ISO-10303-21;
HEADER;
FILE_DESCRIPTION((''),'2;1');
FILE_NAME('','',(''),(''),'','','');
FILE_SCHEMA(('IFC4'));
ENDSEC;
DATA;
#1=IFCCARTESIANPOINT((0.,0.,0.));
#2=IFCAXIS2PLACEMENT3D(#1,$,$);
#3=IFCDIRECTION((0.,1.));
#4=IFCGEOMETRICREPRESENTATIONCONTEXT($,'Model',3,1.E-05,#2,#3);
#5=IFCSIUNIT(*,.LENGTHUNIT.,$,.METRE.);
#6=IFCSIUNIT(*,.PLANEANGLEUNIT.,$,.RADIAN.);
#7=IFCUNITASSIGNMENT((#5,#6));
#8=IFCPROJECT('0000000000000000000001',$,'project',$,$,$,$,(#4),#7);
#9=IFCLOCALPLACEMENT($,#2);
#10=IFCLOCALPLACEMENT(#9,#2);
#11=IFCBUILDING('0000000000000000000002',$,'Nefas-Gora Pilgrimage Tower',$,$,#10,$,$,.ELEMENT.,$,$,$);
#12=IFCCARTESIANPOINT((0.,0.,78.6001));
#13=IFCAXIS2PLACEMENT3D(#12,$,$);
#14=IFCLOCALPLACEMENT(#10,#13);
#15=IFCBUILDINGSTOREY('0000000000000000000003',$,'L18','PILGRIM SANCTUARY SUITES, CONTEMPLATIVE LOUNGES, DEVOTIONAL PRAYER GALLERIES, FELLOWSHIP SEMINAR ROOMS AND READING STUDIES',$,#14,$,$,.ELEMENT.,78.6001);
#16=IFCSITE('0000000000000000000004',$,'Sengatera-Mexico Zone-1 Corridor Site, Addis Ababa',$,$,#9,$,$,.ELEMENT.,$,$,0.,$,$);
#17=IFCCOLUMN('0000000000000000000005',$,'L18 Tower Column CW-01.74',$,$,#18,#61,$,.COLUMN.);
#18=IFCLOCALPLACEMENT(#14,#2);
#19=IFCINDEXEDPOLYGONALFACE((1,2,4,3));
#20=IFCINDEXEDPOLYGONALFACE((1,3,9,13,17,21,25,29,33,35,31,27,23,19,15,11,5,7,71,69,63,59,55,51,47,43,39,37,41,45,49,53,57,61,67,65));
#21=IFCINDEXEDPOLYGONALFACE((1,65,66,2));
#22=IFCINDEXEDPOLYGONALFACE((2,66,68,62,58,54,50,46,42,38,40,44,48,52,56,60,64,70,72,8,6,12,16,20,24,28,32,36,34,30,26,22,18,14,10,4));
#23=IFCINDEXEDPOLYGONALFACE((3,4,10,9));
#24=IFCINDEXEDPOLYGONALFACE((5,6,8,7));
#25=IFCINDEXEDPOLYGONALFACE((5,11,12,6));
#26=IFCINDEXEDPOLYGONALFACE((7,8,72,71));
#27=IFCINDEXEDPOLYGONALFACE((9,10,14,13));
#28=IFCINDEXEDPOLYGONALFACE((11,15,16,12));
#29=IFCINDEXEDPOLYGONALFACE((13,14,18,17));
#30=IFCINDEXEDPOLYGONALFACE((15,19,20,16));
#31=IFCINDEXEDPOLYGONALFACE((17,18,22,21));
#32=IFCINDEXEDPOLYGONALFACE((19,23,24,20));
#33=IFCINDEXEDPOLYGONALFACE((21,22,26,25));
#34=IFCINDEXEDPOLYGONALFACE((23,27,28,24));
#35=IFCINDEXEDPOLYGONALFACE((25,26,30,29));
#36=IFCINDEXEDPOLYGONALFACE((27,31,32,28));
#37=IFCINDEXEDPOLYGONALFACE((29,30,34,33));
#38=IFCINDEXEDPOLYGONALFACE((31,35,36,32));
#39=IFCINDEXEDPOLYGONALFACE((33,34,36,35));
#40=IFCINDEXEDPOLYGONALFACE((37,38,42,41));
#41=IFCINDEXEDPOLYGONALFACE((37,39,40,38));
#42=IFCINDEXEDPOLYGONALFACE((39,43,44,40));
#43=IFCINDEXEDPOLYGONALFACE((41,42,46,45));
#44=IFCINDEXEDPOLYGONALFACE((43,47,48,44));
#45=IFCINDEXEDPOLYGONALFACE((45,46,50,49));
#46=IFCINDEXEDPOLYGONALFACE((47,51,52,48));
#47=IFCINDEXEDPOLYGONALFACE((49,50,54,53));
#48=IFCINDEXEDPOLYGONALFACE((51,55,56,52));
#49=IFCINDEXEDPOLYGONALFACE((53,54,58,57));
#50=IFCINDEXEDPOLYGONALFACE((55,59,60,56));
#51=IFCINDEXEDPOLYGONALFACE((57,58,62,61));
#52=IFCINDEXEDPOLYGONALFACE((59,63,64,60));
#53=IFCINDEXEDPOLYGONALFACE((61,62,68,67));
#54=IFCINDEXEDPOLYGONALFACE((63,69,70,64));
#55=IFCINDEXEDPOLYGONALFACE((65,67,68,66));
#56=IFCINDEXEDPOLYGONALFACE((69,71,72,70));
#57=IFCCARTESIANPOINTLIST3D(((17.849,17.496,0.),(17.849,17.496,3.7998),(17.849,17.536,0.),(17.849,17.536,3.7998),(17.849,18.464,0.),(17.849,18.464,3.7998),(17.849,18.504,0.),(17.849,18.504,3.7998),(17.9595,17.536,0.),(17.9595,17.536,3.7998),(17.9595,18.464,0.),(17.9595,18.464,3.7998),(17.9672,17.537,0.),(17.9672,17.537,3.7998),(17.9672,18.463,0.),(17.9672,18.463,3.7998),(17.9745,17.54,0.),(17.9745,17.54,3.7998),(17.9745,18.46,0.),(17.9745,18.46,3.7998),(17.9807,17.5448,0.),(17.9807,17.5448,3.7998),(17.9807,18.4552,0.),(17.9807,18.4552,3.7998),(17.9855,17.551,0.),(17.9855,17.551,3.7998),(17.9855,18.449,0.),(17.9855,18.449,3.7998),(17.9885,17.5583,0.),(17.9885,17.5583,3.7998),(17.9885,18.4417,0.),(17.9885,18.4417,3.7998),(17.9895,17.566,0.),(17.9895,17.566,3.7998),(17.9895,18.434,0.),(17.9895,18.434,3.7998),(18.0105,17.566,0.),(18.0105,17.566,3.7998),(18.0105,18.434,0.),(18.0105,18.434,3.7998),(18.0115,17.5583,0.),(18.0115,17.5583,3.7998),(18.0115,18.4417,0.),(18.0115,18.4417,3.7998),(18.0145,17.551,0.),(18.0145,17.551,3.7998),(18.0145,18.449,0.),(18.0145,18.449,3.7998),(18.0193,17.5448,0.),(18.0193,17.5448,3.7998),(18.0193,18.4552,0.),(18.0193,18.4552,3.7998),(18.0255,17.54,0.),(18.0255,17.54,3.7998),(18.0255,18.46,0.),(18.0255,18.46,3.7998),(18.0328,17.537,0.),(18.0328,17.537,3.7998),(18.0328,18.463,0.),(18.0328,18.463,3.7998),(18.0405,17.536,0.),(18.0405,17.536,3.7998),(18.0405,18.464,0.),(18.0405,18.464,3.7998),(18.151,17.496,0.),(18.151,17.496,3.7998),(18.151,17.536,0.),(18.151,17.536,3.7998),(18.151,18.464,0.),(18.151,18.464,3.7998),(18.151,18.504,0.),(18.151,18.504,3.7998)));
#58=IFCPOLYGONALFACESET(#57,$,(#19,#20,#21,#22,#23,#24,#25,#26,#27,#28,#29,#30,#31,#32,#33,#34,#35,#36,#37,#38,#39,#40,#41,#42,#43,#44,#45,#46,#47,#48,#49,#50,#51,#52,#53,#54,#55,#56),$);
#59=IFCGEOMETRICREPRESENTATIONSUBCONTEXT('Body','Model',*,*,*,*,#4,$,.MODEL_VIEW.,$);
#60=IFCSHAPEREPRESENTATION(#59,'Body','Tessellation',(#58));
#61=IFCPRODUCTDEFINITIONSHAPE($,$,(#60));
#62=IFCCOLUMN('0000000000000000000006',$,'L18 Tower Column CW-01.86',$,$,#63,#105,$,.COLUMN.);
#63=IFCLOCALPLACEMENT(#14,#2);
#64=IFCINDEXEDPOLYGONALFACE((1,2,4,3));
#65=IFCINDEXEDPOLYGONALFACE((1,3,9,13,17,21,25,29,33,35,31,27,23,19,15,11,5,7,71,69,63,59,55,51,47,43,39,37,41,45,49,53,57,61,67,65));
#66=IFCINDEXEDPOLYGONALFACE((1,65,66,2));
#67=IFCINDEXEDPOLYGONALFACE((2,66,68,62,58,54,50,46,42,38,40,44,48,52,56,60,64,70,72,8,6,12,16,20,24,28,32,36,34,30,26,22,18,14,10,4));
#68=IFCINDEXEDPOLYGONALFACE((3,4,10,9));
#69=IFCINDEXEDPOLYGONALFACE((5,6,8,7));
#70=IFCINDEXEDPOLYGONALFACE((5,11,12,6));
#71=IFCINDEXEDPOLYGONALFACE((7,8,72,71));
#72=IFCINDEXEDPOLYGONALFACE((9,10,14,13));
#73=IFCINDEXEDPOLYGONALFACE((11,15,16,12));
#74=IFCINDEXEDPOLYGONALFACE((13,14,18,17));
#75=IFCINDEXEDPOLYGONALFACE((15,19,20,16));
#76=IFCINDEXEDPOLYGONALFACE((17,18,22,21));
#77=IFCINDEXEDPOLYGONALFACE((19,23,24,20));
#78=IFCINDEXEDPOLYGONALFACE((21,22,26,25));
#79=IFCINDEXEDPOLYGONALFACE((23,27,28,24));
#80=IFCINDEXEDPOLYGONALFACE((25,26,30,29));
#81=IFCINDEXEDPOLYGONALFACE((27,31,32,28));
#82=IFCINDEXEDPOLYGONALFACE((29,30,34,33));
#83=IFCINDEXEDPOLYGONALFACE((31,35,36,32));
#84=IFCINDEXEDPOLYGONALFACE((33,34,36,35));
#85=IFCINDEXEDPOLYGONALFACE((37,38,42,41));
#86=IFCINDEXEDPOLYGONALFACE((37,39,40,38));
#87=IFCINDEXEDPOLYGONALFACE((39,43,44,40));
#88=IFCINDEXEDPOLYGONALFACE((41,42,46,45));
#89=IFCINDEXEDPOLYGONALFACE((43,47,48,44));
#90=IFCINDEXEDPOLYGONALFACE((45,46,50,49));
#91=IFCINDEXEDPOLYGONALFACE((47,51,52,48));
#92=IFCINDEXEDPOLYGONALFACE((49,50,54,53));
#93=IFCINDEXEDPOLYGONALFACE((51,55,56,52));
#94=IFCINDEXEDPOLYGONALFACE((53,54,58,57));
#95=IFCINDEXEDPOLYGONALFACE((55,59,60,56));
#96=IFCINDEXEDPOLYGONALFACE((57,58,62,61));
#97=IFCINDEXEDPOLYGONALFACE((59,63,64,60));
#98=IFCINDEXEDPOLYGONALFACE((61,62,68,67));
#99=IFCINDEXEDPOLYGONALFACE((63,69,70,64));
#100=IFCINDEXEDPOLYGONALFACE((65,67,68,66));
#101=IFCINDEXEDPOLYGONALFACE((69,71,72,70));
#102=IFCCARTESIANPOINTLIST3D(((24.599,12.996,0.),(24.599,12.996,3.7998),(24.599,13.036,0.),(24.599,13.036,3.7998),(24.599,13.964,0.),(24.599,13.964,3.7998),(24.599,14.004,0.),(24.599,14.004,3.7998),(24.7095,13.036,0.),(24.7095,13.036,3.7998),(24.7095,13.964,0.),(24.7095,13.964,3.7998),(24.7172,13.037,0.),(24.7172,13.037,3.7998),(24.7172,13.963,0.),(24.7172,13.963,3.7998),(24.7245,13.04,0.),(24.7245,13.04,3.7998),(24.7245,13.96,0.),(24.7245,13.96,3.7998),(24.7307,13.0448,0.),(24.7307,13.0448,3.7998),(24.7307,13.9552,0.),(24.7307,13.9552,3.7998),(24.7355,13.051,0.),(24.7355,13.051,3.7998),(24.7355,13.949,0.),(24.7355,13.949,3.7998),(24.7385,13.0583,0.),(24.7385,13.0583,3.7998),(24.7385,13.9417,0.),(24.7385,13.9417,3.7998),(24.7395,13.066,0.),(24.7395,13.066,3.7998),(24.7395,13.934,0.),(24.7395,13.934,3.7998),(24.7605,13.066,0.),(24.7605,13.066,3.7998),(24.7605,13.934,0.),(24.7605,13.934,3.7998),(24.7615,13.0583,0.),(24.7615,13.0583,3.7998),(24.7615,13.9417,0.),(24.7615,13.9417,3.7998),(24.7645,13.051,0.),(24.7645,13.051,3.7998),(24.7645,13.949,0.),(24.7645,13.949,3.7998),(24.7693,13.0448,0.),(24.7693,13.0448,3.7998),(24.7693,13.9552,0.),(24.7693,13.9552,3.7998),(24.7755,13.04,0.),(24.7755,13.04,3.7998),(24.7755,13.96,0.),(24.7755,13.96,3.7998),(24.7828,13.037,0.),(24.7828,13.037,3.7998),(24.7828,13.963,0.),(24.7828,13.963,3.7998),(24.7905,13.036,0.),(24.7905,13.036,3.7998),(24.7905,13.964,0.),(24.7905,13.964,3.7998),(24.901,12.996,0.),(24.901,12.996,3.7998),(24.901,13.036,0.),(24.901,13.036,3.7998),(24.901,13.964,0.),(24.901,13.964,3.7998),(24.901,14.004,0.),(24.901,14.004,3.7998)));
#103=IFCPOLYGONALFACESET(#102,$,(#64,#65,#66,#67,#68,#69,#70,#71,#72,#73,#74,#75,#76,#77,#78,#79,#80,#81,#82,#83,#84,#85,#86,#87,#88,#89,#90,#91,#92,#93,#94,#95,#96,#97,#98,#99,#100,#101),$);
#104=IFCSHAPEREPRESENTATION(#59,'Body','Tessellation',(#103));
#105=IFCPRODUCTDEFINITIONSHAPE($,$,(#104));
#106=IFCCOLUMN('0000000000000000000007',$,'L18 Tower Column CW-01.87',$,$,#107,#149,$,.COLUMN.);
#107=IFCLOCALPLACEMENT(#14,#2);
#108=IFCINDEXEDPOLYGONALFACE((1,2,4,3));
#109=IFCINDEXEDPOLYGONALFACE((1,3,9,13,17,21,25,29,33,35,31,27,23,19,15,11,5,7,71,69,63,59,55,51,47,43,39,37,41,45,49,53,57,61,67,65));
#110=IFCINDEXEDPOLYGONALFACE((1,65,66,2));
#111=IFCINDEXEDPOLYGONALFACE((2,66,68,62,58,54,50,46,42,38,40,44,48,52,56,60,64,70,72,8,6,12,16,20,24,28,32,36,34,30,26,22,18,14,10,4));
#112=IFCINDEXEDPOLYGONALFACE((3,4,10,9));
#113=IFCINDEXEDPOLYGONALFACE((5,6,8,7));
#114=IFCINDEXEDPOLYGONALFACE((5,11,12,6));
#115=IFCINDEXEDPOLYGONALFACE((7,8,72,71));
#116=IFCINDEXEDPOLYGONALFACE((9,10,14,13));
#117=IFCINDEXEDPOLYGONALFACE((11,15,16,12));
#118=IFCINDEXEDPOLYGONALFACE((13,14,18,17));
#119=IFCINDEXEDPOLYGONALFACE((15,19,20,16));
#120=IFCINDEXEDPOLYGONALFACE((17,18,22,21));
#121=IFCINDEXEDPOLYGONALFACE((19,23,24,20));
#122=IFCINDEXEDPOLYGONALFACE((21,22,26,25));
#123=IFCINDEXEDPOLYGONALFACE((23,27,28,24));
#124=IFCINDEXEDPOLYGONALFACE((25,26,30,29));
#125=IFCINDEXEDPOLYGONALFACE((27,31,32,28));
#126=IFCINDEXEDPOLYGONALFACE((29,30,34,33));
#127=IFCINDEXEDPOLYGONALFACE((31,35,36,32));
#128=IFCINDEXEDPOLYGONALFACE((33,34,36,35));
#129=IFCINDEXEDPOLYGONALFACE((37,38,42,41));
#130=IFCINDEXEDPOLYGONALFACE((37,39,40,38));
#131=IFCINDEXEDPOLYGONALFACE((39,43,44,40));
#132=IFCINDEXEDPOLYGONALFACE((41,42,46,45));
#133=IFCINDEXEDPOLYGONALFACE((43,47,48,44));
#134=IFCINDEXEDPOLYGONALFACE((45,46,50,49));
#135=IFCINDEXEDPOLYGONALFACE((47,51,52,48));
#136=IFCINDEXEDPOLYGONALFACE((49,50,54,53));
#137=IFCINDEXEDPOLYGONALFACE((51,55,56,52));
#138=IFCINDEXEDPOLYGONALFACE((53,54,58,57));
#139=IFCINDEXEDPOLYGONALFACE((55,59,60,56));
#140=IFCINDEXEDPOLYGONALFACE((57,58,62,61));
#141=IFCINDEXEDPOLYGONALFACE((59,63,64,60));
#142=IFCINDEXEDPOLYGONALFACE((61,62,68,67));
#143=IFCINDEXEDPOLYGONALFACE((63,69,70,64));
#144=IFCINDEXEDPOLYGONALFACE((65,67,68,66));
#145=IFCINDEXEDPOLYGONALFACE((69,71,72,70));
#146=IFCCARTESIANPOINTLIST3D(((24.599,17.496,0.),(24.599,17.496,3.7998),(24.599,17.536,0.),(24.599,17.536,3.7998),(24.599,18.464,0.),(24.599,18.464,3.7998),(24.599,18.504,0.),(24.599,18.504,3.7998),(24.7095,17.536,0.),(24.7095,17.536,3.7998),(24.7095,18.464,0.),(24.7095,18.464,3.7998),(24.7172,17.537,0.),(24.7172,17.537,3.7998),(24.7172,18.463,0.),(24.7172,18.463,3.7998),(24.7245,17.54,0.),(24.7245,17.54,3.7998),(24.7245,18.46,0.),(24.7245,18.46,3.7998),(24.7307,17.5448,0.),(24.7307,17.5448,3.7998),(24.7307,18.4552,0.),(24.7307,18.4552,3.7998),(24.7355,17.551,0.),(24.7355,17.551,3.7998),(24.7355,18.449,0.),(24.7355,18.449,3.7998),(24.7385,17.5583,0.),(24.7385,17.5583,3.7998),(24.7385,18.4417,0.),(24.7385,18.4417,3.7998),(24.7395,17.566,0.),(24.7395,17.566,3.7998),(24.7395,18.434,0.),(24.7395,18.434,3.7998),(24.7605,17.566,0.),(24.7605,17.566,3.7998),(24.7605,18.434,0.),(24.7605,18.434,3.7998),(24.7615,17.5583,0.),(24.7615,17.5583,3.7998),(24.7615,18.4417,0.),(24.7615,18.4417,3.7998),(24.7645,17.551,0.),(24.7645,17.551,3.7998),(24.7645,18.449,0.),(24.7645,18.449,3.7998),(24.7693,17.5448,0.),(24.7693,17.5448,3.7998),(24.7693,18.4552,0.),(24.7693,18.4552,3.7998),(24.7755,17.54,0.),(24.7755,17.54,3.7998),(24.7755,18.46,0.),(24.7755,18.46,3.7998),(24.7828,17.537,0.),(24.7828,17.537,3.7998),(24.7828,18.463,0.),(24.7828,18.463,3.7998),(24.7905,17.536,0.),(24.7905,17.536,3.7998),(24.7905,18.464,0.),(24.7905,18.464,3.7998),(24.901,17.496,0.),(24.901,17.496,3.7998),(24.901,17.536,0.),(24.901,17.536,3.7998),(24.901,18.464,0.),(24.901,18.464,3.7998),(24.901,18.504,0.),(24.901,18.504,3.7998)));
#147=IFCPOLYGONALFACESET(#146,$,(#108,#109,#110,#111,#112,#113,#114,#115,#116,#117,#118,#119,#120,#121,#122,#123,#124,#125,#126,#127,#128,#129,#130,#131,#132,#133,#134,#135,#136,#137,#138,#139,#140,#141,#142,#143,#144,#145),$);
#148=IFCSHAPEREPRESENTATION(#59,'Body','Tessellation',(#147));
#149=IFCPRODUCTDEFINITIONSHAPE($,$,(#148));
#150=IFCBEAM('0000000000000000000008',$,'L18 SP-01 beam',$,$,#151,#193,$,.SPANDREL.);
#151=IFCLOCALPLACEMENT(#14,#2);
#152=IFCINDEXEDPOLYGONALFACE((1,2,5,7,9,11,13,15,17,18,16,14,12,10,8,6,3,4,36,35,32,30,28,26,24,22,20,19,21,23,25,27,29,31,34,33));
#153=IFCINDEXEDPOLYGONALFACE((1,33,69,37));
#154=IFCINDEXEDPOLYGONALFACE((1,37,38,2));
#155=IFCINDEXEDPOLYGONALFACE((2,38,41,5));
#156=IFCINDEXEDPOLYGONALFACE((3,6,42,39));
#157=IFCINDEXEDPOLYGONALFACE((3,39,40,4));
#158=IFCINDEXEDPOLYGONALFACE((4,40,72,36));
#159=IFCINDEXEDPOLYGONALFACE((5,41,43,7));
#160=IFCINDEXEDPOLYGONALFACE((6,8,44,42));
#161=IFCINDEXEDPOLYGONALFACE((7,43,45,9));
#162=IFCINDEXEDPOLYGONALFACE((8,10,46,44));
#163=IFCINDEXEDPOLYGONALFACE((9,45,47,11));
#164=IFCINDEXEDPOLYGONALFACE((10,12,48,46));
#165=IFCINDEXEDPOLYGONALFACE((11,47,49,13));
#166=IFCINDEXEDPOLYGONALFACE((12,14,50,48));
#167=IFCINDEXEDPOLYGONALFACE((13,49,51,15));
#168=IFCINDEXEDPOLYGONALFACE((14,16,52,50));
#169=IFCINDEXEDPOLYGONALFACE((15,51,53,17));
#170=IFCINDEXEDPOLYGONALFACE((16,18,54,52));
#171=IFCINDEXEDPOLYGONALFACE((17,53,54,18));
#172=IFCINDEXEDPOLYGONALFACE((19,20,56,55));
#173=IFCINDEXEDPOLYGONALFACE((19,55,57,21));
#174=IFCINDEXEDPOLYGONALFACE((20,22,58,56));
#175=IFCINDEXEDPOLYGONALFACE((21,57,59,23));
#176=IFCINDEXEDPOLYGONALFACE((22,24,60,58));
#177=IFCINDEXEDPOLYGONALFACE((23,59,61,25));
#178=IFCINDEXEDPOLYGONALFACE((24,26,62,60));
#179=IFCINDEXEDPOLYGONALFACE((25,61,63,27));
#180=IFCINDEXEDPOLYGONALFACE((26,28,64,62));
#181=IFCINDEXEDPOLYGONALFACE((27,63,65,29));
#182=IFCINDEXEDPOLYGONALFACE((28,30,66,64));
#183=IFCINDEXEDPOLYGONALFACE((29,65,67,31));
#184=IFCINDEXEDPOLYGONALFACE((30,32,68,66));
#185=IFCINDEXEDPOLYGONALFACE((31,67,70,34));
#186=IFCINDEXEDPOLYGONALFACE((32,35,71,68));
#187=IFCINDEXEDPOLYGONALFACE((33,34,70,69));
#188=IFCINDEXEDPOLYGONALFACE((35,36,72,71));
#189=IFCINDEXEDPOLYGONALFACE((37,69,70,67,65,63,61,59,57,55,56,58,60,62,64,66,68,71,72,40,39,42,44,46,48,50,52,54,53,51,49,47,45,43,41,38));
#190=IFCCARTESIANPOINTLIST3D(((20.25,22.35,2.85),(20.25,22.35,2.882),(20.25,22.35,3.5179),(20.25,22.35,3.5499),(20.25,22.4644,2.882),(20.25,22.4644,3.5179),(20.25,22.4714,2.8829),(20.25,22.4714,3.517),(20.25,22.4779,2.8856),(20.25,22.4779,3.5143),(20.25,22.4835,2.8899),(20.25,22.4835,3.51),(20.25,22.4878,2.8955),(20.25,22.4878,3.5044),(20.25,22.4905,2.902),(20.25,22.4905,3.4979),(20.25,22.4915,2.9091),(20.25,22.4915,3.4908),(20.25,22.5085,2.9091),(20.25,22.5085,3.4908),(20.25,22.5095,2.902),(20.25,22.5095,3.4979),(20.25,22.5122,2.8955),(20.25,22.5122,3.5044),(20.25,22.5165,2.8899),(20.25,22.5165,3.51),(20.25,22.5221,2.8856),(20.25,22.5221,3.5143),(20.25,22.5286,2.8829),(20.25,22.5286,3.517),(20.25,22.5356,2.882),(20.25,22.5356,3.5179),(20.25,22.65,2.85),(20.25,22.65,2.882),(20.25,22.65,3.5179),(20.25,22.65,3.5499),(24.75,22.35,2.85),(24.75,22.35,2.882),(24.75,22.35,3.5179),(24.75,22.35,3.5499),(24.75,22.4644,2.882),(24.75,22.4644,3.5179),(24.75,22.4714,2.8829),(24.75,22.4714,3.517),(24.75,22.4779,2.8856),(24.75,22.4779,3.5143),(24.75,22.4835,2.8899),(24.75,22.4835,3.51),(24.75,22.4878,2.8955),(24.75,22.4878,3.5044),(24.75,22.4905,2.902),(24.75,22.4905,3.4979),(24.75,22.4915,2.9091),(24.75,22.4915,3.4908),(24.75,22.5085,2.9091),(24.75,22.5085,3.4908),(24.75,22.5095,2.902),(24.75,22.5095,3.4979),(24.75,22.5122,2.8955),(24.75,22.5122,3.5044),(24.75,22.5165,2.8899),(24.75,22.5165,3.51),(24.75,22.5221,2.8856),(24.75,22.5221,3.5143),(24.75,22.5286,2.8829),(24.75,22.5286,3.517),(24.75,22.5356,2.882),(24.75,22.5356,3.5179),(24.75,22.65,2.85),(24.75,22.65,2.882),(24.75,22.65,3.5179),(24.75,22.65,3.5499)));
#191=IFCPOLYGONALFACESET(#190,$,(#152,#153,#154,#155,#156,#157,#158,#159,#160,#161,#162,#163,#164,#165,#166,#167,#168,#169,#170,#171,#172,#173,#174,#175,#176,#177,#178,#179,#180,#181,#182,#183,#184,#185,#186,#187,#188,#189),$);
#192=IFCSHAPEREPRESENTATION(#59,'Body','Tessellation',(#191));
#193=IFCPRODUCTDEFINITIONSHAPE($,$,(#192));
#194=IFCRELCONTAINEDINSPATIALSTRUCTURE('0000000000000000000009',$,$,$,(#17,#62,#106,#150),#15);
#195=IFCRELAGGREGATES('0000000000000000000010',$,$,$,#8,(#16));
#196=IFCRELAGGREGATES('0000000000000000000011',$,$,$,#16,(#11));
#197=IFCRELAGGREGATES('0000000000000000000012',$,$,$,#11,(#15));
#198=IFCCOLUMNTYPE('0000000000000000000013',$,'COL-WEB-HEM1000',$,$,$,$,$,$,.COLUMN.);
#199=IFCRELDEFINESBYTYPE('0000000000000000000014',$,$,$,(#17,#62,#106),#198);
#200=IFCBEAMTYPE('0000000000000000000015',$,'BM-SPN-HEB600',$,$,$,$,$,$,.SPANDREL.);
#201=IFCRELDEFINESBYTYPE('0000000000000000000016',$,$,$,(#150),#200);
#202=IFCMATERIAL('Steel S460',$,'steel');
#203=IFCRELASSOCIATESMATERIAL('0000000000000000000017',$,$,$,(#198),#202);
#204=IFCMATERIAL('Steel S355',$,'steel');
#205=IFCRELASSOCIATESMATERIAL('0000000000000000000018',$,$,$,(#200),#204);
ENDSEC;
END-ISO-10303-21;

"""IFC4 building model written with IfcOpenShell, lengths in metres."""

from ifc_helpers import new_model, si_unit, direction, frame, origin, origin_2d, place, context, subcontext, project, spatial, i_section, extrude, source, transform, mapped, material, material_profile, profile_set, type_object, element, save


model = new_model("IFC4")

# Units and contexts
model_context = context("Model", 3, precision=1e-05, world=origin(), true_north=direction((0.0, 1.0)))
body_context = subcontext(model_context, "Body", "Model", "MODEL_VIEW")
ifc_project = project(units=[si_unit("LENGTHUNIT", "METRE"), si_unit("PLANEANGLEUNIT", "RADIAN")], contexts=[model_context])

# Site, building, storey
site_placement = place(None, origin())
site = spatial("IfcSite", under=ifc_project, at=site_placement, Name="Sengatera-Mexico Zone-1 Corridor Site, Addis Ababa", CompositionType="ELEMENT", RefElevation=0.0)
building_placement = place(site_placement, origin())
building = spatial("IfcBuilding", under=site, at=building_placement, Name="Nefas-Gora Pilgrimage Tower", CompositionType="ELEMENT")
storey_placement = place(building_placement, frame((0.0, 0.0, 78.6001)))
storey = spatial("IfcBuildingStorey", under=building, at=storey_placement, Name="L18", Description="PILGRIM SANCTUARY SUITES, CONTEMPLATIVE LOUNGES, DEVOTIONAL PRAYER GALLERIES, FELLOWSHIP SEMINAR ROOMS AND READING STUDIES", CompositionType="ELEMENT", Elevation=78.6001)

# Columns
ifc_material_1 = material(Name="Steel S460", Category="steel")
ifc_material_profile_1 = material_profile(ifc_material_1, i_section(OverallWidth=0.302, OverallDepth=1.0081, WebThickness=0.021, FlangeThickness=0.04, FilletRadius=0.03, at=origin_2d()), Name="HEM 1000")
ifc_profile_set_1 = profile_set([ifc_material_profile_1], Name="Steel S460")
column_type_1 = type_object("IfcColumnType", Name="COL-WEB-HEM1000", PredefinedType="COLUMN", material=ifc_profile_set_1)
shared_shape_1 = source(origin(), body_context, "Body", "SweptSolid", [
    extrude(i_section(OverallWidth=0.302, OverallDepth=1.0081, WebThickness=0.021, FlangeThickness=0.04, FilletRadius=0.03, at=origin_2d()), origin(), (0.0, 0.0, 1.0), 3.7998),
])
for number, where, z_axis, x_axis, name in (
    (1, (18.0, 18.0, 0.0), (0.0, 0.0, 1.0), (1.0, 0.0, 0.0), "L18 Tower Column CW-01.74"),
    (2, (24.75, 13.5, 0.0), (0.0, 0.0, 1.0), (1.0, 0.0, 0.0), "L18 Tower Column CW-01.86"),
    (3, (24.75, 18.0, 0.0), (0.0, 0.0, 1.0), (1.0, 0.0, 0.0), "L18 Tower Column CW-01.87"),
):
    element("IfcColumn", number, at=place(storey_placement, frame(where, z_axis=z_axis, x_axis=x_axis)), inside=storey, type_object=column_type_1, Name=name, PredefinedType="COLUMN", context=body_context, shape_type="MappedRepresentation", body=[
        mapped(shared_shape_1, transform((0.0, 0.0, 0.0), x_axis=(1.0, 0.0, 0.0), y_axis=(0.0, 1.0, 0.0), z_axis=(0.0, 0.0, 1.0), scale=1.0)),
    ])

# Beam
ifc_material_2 = material(Name="Steel S355", Category="steel")
ifc_material_profile_2 = material_profile(ifc_material_2, i_section(OverallWidth=0.3, OverallDepth=0.7, WebThickness=0.0171, FlangeThickness=0.032, FilletRadius=0.0271, at=origin_2d()), Name="HEB 700")
ifc_profile_set_2 = profile_set([ifc_material_profile_2], Name="Steel S355")
beam_type_1 = type_object("IfcBeamType", Name="BM-SPN-HEB600", PredefinedType="SPANDREL", material=ifc_profile_set_2)
shared_shape_2 = source(origin(), body_context, "Body", "SweptSolid", [
    extrude(i_section(OverallWidth=0.3, OverallDepth=0.7, WebThickness=0.0171, FlangeThickness=0.032, FilletRadius=0.0271, at=origin_2d()), origin(), (0.0, 0.0, 1.0), 4.5),
])
beam_1_placement = place(storey_placement, frame((20.25, 22.5, 3.2), z_axis=(1.0, 0.0, 0.0), x_axis=(0.0, 1.0, 0.0)))
element("IfcBeam", 4, at=beam_1_placement, inside=storey, type_object=beam_type_1, Name="L18 SP-01 beam", PredefinedType="SPANDREL", context=body_context, shape_type="MappedRepresentation", body=[
    mapped(shared_shape_2, transform((0.0, 0.0, 0.0), x_axis=(1.0, 0.0, 0.0), y_axis=(0.0, 1.0, 0.0), z_axis=(0.0, 0.0, 1.0), scale=1.0)),
])

save(model, "model.ifc")
